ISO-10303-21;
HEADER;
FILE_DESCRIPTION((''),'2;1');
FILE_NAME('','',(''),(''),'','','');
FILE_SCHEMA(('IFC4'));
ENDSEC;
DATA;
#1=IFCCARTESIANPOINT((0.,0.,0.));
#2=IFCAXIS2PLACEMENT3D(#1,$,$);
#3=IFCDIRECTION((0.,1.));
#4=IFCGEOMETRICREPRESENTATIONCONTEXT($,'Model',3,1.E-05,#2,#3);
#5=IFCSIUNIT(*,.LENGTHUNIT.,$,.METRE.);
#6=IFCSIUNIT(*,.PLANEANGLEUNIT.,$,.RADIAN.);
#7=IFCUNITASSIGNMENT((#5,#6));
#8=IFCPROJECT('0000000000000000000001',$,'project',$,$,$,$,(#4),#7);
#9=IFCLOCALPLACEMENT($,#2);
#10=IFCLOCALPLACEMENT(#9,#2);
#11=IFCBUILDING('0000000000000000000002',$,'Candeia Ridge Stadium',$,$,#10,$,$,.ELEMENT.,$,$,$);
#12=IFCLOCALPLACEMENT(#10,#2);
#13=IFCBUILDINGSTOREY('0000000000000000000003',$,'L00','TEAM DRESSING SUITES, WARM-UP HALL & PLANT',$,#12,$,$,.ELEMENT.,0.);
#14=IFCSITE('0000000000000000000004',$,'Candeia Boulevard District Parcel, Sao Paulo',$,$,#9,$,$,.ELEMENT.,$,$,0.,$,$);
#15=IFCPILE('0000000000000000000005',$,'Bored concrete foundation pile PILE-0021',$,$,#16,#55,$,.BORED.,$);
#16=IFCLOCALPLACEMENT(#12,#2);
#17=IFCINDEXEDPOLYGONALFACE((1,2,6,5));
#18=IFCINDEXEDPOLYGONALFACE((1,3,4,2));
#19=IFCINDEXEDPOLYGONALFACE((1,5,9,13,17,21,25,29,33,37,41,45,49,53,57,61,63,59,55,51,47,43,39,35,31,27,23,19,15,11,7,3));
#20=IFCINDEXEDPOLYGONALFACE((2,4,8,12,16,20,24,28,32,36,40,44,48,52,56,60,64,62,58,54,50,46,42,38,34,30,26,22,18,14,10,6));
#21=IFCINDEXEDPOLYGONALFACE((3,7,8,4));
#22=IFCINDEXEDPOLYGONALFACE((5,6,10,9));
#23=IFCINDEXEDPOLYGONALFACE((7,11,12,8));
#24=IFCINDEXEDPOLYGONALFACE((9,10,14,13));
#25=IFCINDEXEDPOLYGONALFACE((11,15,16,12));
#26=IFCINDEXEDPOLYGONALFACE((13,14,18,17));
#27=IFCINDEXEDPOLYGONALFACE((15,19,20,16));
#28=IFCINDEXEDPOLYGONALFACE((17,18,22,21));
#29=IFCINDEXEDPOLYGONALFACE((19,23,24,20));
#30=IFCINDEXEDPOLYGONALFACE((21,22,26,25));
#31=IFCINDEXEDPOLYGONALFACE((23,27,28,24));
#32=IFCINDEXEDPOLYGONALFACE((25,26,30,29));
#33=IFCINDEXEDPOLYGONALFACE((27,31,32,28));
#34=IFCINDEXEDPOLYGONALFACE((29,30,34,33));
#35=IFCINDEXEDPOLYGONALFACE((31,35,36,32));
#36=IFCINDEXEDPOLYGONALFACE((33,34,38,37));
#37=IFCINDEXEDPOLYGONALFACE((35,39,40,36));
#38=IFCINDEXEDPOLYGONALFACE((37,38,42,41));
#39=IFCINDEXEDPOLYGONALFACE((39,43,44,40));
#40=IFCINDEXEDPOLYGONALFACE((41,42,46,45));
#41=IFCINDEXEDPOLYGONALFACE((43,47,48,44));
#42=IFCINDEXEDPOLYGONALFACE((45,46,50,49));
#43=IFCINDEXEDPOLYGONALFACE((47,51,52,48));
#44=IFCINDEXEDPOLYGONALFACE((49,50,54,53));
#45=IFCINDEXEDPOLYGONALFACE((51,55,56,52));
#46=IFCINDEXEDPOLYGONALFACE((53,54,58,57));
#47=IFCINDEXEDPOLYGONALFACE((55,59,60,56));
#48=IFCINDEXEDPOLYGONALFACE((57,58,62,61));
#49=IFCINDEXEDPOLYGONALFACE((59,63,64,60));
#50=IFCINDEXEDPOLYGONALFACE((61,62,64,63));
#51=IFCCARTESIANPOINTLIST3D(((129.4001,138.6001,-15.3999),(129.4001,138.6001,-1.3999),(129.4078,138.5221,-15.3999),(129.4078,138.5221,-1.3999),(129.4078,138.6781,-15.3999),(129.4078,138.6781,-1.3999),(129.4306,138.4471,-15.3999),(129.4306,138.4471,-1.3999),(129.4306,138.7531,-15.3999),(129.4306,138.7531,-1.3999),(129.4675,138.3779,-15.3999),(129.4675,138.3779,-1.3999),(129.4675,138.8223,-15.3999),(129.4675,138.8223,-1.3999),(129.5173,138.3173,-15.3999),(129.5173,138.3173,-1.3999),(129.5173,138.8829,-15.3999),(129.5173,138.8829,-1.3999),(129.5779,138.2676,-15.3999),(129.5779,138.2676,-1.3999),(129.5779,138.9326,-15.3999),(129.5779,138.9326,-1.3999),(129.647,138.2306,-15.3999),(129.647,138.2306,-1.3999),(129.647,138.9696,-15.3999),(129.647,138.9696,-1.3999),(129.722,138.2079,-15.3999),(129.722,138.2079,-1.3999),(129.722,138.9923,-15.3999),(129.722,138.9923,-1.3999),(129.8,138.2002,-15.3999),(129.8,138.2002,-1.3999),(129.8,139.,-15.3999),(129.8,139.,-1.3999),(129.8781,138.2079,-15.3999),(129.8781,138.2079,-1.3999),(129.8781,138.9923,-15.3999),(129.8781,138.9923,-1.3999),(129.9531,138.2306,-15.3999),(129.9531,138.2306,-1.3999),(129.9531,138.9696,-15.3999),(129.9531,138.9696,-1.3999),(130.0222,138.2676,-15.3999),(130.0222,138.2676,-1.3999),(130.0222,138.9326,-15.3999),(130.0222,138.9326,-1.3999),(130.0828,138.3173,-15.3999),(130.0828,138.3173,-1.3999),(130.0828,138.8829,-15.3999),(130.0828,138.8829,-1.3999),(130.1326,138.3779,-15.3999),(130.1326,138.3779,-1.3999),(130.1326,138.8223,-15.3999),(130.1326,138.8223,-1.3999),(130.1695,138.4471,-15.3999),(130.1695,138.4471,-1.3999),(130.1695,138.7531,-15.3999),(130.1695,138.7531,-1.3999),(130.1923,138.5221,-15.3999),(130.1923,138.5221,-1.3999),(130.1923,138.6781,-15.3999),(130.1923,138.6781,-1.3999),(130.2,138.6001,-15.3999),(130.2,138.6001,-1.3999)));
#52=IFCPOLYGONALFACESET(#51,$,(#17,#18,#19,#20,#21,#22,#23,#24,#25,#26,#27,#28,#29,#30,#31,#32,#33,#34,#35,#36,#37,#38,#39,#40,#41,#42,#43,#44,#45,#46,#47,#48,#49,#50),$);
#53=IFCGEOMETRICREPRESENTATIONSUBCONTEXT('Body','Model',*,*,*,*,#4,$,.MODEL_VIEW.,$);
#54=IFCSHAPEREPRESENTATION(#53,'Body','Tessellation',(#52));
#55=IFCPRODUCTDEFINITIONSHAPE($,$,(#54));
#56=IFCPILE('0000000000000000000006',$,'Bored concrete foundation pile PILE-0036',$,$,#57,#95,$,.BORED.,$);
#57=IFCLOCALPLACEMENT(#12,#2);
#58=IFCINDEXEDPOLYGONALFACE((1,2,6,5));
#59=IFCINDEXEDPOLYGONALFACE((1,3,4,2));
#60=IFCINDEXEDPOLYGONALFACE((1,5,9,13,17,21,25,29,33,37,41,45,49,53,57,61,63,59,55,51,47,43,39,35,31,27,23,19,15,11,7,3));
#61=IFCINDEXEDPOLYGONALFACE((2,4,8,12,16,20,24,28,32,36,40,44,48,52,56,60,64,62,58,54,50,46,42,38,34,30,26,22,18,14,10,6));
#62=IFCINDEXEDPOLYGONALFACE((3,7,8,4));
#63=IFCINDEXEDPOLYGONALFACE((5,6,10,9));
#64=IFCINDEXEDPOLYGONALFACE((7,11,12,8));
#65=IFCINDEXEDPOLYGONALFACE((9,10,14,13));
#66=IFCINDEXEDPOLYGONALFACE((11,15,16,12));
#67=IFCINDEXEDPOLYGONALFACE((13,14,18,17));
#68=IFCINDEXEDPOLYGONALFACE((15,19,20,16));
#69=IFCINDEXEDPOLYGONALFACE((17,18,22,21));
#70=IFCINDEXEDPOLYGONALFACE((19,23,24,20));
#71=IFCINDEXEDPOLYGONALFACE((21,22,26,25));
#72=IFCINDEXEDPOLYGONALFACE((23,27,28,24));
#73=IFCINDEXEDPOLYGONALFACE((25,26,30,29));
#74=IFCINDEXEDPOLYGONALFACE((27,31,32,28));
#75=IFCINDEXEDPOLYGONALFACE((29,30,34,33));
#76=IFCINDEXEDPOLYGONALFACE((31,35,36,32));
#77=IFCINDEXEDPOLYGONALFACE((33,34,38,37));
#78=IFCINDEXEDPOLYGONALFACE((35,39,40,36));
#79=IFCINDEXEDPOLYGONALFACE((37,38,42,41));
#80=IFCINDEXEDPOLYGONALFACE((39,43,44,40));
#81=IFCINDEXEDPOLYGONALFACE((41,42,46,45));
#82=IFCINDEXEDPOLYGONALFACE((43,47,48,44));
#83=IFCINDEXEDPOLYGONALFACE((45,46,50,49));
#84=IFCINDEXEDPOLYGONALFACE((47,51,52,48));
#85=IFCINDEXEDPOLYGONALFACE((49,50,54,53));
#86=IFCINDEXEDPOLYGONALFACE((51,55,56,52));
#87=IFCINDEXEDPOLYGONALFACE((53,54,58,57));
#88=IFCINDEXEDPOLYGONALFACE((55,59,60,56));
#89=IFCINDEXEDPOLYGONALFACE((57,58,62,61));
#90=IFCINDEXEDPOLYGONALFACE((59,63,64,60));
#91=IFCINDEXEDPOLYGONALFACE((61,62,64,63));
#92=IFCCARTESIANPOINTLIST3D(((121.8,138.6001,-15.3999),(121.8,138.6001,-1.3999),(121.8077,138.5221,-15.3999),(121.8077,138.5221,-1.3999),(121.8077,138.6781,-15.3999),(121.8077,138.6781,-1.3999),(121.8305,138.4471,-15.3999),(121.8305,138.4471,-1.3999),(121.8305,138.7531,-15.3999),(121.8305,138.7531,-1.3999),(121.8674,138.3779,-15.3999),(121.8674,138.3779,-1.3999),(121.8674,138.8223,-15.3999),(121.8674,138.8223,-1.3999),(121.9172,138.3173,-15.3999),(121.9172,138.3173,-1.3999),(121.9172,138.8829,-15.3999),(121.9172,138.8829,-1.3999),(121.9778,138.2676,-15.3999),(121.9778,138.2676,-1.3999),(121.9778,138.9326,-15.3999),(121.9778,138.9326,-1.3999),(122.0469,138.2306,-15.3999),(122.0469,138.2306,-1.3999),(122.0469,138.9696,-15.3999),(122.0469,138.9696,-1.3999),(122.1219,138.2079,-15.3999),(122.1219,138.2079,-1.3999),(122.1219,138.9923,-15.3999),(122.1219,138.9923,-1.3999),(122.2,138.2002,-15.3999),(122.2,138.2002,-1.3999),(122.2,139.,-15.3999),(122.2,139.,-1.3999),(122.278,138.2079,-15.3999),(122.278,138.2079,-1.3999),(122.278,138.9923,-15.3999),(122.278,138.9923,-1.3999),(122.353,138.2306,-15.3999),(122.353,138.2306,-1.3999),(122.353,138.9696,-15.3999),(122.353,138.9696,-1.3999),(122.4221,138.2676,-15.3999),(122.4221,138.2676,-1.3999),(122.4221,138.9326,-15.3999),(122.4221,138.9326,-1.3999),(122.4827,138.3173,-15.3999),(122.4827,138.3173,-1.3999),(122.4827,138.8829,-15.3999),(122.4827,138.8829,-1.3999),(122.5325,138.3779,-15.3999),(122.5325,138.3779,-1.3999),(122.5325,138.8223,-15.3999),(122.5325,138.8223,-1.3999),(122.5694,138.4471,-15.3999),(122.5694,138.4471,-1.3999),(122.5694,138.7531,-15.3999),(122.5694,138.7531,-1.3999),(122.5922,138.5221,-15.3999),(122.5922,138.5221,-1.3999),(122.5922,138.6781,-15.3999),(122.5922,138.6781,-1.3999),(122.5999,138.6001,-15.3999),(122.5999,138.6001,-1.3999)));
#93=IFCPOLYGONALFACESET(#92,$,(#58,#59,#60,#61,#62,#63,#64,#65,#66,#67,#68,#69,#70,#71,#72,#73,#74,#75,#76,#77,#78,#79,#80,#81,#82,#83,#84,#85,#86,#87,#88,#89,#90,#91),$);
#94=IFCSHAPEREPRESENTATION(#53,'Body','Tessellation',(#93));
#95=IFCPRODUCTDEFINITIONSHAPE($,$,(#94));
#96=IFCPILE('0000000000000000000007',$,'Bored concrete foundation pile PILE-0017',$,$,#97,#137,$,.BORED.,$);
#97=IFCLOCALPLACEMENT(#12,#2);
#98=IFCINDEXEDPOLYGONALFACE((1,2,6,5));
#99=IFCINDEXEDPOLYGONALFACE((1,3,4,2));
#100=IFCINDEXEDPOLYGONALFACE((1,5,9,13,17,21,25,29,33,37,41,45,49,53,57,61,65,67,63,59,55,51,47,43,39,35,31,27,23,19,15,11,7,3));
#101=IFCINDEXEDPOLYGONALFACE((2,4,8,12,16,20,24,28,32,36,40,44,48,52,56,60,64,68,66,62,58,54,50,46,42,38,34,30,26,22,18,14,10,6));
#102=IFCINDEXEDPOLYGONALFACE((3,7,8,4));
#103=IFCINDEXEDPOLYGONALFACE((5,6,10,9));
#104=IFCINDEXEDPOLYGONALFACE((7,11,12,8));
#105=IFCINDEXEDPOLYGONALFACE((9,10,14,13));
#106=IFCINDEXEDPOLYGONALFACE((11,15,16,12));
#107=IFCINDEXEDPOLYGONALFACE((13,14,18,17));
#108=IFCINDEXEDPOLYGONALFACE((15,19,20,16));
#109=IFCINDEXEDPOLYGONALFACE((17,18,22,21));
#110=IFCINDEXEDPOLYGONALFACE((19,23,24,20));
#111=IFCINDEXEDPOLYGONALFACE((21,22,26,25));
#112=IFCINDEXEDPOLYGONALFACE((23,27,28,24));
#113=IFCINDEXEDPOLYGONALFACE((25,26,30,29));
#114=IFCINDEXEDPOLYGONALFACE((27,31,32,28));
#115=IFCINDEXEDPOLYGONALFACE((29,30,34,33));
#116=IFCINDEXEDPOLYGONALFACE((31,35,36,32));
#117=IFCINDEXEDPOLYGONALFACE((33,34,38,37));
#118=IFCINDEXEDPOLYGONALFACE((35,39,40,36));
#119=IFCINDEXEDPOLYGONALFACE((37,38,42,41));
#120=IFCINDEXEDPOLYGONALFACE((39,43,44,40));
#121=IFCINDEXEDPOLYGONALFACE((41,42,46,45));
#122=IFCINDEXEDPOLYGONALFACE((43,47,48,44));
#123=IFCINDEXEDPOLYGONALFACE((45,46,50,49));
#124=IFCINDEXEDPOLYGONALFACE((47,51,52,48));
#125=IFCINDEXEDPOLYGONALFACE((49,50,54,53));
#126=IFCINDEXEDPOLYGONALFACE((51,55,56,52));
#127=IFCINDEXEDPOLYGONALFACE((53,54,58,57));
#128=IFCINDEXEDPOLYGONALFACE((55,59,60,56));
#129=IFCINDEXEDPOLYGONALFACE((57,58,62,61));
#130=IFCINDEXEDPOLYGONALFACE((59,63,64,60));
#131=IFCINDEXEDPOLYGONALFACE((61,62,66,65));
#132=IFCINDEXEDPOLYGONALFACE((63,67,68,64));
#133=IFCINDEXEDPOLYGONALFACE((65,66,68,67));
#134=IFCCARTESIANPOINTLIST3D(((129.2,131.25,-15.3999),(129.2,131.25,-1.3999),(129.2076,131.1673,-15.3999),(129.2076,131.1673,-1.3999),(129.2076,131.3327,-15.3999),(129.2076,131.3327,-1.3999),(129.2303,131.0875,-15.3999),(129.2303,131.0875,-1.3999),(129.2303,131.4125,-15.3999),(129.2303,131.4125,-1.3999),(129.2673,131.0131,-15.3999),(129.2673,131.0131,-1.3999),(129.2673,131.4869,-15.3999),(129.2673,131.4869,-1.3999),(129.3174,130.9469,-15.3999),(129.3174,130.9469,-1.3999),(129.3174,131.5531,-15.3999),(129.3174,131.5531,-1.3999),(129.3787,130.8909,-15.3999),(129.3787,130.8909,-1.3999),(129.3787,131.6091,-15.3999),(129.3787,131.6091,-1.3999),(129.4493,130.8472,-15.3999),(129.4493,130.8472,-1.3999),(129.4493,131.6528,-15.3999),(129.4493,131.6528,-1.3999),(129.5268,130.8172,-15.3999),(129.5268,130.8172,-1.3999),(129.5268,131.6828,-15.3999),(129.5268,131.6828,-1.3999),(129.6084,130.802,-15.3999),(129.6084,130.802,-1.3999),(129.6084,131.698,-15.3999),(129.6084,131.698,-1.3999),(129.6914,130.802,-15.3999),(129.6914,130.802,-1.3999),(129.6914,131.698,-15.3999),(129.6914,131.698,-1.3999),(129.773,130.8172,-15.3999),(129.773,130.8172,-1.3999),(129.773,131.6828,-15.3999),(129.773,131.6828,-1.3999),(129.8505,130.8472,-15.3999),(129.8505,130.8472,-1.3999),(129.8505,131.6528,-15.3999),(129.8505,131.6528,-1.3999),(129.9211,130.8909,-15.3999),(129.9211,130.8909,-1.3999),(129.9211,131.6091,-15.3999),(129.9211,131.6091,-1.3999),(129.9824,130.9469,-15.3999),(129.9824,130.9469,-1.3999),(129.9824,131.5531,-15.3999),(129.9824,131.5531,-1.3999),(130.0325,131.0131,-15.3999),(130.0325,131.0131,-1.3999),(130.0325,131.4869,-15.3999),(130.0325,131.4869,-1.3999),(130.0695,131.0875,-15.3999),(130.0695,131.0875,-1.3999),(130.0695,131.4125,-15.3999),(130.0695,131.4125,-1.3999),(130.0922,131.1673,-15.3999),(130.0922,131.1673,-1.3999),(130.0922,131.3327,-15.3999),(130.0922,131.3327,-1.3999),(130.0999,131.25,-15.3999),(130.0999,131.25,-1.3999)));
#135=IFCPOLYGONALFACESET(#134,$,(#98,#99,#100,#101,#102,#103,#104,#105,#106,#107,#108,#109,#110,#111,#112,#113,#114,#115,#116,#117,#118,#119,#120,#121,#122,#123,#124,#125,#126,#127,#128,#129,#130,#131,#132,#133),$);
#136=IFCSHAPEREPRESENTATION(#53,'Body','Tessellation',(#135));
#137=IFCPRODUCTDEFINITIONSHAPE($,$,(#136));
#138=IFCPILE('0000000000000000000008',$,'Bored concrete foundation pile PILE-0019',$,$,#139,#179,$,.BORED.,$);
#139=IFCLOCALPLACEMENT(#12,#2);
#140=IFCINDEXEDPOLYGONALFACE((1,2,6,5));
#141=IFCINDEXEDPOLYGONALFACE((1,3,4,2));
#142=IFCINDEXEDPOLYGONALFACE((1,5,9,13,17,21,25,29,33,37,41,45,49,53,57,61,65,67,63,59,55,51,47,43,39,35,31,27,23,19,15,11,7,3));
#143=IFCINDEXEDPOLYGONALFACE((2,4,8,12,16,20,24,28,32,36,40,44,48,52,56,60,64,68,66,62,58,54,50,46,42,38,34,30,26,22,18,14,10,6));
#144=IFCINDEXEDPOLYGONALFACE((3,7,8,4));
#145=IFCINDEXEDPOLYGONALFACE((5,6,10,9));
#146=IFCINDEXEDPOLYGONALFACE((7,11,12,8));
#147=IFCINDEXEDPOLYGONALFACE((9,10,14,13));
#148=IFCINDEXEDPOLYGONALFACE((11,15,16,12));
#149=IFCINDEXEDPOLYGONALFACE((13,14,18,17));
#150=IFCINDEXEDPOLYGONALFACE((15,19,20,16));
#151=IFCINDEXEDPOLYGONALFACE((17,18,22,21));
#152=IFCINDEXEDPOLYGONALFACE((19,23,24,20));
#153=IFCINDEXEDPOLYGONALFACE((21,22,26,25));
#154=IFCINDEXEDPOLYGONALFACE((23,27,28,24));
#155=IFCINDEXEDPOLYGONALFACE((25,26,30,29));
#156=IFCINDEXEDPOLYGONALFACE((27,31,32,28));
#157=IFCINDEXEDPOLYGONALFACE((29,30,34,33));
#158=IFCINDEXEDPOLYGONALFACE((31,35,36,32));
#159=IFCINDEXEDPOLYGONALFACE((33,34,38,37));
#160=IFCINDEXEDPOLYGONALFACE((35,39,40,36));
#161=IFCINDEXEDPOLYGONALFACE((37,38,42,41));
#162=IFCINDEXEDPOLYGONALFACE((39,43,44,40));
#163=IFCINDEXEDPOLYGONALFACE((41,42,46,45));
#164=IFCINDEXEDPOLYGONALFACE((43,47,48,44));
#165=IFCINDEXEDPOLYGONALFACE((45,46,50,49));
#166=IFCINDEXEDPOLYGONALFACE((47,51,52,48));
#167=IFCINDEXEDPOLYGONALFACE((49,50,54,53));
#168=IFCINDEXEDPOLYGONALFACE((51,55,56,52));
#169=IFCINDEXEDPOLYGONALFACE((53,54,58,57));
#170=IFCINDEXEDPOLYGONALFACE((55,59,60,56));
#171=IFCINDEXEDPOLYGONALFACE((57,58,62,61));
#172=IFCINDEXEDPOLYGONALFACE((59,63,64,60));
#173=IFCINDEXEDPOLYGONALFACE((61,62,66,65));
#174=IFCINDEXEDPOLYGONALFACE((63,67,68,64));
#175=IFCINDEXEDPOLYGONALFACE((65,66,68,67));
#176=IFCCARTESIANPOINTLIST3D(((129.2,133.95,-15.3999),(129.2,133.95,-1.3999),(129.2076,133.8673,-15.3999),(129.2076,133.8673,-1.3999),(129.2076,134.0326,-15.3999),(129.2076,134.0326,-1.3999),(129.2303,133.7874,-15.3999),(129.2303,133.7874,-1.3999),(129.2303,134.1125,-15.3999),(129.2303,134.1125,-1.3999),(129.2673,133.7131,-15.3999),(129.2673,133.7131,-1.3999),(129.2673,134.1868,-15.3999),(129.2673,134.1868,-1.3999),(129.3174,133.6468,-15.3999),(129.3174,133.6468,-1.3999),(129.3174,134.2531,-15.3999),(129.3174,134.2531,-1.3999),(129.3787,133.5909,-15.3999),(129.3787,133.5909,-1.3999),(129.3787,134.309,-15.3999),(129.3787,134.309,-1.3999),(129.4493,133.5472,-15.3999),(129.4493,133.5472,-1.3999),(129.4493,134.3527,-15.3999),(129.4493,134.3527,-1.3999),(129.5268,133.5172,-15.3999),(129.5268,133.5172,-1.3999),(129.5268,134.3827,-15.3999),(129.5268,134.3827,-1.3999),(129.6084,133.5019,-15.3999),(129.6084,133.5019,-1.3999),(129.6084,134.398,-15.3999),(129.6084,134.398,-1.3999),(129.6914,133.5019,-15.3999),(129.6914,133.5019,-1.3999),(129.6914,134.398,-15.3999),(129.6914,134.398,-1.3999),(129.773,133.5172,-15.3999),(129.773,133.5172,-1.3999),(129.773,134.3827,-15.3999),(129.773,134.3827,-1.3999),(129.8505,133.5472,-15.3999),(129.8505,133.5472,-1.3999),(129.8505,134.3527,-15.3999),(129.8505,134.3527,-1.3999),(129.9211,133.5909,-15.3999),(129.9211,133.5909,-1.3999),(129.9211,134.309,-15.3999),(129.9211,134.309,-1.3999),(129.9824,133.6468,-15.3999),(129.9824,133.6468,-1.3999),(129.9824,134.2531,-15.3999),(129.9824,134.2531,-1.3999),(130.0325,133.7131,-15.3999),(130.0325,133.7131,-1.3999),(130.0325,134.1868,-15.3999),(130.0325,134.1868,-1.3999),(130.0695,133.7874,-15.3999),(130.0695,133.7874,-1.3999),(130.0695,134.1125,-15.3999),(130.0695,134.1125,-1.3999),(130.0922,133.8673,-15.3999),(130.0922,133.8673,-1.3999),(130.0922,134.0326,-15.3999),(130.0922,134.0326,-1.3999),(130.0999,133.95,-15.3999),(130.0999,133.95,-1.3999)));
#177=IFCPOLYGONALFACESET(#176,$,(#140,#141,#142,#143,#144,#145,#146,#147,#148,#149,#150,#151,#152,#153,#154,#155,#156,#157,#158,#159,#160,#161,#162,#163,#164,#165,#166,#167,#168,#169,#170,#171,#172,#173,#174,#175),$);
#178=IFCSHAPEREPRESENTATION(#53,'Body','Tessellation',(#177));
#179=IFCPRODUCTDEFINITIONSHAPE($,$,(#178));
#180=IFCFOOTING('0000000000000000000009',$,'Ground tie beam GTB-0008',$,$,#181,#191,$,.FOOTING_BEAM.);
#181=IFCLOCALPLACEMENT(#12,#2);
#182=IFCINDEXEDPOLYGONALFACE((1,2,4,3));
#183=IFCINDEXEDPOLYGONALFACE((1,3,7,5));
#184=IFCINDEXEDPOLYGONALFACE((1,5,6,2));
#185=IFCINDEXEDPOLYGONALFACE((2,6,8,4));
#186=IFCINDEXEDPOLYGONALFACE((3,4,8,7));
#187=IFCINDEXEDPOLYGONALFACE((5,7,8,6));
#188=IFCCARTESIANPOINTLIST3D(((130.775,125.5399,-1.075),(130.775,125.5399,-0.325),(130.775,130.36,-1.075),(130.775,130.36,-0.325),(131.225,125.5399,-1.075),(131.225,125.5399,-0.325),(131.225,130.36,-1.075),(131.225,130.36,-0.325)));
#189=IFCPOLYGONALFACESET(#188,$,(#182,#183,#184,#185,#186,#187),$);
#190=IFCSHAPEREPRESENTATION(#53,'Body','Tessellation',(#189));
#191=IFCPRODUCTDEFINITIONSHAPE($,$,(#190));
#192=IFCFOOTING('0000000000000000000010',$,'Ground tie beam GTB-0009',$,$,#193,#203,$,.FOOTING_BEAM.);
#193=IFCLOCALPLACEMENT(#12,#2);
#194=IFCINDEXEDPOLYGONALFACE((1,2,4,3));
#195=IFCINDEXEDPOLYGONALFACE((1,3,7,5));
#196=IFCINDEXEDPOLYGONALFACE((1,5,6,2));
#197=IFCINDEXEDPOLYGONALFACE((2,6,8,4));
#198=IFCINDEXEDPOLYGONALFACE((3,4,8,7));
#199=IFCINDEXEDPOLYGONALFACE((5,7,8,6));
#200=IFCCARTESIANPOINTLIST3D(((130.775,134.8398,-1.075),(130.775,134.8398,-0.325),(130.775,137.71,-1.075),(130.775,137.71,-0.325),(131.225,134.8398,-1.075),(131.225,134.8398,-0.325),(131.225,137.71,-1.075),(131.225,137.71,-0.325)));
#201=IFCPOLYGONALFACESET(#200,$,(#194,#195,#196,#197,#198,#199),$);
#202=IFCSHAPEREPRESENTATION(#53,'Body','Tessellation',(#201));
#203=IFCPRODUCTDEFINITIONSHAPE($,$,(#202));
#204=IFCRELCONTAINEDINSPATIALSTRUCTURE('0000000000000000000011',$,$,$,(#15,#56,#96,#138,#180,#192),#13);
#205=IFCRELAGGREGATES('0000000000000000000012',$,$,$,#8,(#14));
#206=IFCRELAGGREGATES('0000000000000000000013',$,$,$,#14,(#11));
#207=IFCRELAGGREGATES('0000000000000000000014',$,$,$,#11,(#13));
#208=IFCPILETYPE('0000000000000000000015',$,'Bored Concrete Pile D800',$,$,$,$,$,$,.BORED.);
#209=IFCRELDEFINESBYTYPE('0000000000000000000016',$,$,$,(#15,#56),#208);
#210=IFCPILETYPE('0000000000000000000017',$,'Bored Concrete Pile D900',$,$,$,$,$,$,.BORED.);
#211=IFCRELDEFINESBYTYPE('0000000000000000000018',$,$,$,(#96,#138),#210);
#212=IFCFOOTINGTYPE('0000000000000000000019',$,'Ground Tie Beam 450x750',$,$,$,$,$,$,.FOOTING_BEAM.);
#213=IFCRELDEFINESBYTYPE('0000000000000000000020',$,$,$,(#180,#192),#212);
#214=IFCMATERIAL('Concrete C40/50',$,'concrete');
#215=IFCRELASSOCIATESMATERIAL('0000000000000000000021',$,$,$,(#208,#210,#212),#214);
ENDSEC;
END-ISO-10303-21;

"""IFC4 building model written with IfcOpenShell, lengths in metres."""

from ifc_helpers import new_model, si_unit, direction, frame, origin, origin_2d, place, context, subcontext, project, spatial, rectangle, circle, extrude, material, material_profile, profile_set, type_object, element, save


model = new_model("IFC4")

# Units and contexts
model_context = context("Model", 3, precision=1e-05, world=origin(), true_north=direction((0.0, 1.0)))
body_context = subcontext(model_context, "Body", "Model", "MODEL_VIEW")
ifc_project = project(units=[si_unit("LENGTHUNIT", "METRE"), si_unit("PLANEANGLEUNIT", "RADIAN")], contexts=[model_context])

# Site, building, storey
site_placement = place(None, origin())
site = spatial("IfcSite", under=ifc_project, at=site_placement, Name="Candeia Boulevard District Parcel, Sao Paulo", CompositionType="ELEMENT", RefElevation=0.0)
building_placement = place(site_placement, origin())
building = spatial("IfcBuilding", under=site, at=building_placement, Name="Candeia Ridge Stadium", CompositionType="ELEMENT")
storey_placement = place(building_placement, origin())
storey = spatial("IfcBuildingStorey", under=building, at=storey_placement, Name="L00", Description="TEAM DRESSING SUITES, WARM-UP HALL & PLANT", CompositionType="ELEMENT", Elevation=0.0)

# Piles
ifc_material_1 = material(Name="Concrete C40/50", Category="concrete")
ifc_material_profile_1 = material_profile(ifc_material_1, circle(Radius=0.3999, at=origin_2d()), Name="PILE-D800", Category="concrete")
ifc_profile_set_1 = profile_set([ifc_material_profile_1], Name="Concrete C40/50")
pile_type_1 = type_object("IfcPileType", Name="Bored Concrete Pile D800", PredefinedType="BORED", material=ifc_profile_set_1)
for number, where, z_axis, x_axis, name in (
    (1, (129.8, 138.6001, -1.3999), (0.0, 0.0, -1.0), (1.0, 0.0, 0.0), "Bored concrete foundation pile PILE-0021"),
    (2, (122.2, 138.6001, -1.3999), (0.0, 0.0, -1.0), (1.0, 0.0, 0.0), "Bored concrete foundation pile PILE-0036"),
):
    element("IfcPile", number, at=place(storey_placement, frame(where, z_axis=z_axis, x_axis=x_axis)), inside=storey, type_object=pile_type_1, Name=name, PredefinedType="BORED", context=body_context, shape_type="SweptSolid", body=[
        extrude(circle(Radius=0.3999, at=origin_2d()), origin(), (0.0, 0.0, 1.0), 14.0),
    ])
ifc_material_profile_2 = material_profile(ifc_material_1, circle(Radius=0.45, at=origin_2d()), Name="PILE-D900", Category="concrete")
ifc_profile_set_2 = profile_set([ifc_material_profile_2], Name="Concrete C40/50")
pile_type_2 = type_object("IfcPileType", Name="Bored Concrete Pile D900", PredefinedType="BORED", material=ifc_profile_set_2)
for number, where, z_axis, x_axis, name in (
    (3, (129.6499, 131.25, -1.3999), (0.0, 0.0, -1.0), (1.0, 0.0, 0.0), "Bored concrete foundation pile PILE-0017"),
    (4, (129.6499, 133.95, -1.3999), (0.0, 0.0, -1.0), (1.0, 0.0, 0.0), "Bored concrete foundation pile PILE-0019"),
):
    element("IfcPile", number, at=place(storey_placement, frame(where, z_axis=z_axis, x_axis=x_axis)), inside=storey, type_object=pile_type_2, Name=name, PredefinedType="BORED", context=body_context, shape_type="SweptSolid", body=[
        extrude(circle(Radius=0.45, at=origin_2d()), origin(), (0.0, 0.0, 1.0), 14.0),
    ])

# Footings
footing_type_1 = type_object("IfcFootingType", Name="Ground Tie Beam 450x750", PredefinedType="FOOTING_BEAM", material=ifc_material_1)
footing_1_placement = place(storey_placement, frame((131.0, 127.95, -1.075), z_axis=(0.0, 0.0, 1.0), x_axis=(0.0, 1.0, 0.0)))
element("IfcFooting", 5, at=footing_1_placement, inside=storey, type_object=footing_type_1, Name="Ground tie beam GTB-0008", PredefinedType="FOOTING_BEAM", context=body_context, shape_type="SweptSolid", body=[
    extrude(rectangle(XDim=4.8201, YDim=0.45, at=origin_2d()), origin(), (0.0, 0.0, 1.0), 0.75),
])
footing_2_placement = place(storey_placement, frame((131.0, 136.2749, -1.075), z_axis=(0.0, 0.0, 1.0), x_axis=(0.0, 1.0, 0.0)))
element("IfcFooting", 6, at=footing_2_placement, inside=storey, type_object=footing_type_1, Name="Ground tie beam GTB-0009", PredefinedType="FOOTING_BEAM", context=body_context, shape_type="SweptSolid", body=[
    extrude(rectangle(XDim=2.8701, YDim=0.45, at=origin_2d()), origin(), (0.0, 0.0, 1.0), 0.75),
])

save(model, "model.ifc")
